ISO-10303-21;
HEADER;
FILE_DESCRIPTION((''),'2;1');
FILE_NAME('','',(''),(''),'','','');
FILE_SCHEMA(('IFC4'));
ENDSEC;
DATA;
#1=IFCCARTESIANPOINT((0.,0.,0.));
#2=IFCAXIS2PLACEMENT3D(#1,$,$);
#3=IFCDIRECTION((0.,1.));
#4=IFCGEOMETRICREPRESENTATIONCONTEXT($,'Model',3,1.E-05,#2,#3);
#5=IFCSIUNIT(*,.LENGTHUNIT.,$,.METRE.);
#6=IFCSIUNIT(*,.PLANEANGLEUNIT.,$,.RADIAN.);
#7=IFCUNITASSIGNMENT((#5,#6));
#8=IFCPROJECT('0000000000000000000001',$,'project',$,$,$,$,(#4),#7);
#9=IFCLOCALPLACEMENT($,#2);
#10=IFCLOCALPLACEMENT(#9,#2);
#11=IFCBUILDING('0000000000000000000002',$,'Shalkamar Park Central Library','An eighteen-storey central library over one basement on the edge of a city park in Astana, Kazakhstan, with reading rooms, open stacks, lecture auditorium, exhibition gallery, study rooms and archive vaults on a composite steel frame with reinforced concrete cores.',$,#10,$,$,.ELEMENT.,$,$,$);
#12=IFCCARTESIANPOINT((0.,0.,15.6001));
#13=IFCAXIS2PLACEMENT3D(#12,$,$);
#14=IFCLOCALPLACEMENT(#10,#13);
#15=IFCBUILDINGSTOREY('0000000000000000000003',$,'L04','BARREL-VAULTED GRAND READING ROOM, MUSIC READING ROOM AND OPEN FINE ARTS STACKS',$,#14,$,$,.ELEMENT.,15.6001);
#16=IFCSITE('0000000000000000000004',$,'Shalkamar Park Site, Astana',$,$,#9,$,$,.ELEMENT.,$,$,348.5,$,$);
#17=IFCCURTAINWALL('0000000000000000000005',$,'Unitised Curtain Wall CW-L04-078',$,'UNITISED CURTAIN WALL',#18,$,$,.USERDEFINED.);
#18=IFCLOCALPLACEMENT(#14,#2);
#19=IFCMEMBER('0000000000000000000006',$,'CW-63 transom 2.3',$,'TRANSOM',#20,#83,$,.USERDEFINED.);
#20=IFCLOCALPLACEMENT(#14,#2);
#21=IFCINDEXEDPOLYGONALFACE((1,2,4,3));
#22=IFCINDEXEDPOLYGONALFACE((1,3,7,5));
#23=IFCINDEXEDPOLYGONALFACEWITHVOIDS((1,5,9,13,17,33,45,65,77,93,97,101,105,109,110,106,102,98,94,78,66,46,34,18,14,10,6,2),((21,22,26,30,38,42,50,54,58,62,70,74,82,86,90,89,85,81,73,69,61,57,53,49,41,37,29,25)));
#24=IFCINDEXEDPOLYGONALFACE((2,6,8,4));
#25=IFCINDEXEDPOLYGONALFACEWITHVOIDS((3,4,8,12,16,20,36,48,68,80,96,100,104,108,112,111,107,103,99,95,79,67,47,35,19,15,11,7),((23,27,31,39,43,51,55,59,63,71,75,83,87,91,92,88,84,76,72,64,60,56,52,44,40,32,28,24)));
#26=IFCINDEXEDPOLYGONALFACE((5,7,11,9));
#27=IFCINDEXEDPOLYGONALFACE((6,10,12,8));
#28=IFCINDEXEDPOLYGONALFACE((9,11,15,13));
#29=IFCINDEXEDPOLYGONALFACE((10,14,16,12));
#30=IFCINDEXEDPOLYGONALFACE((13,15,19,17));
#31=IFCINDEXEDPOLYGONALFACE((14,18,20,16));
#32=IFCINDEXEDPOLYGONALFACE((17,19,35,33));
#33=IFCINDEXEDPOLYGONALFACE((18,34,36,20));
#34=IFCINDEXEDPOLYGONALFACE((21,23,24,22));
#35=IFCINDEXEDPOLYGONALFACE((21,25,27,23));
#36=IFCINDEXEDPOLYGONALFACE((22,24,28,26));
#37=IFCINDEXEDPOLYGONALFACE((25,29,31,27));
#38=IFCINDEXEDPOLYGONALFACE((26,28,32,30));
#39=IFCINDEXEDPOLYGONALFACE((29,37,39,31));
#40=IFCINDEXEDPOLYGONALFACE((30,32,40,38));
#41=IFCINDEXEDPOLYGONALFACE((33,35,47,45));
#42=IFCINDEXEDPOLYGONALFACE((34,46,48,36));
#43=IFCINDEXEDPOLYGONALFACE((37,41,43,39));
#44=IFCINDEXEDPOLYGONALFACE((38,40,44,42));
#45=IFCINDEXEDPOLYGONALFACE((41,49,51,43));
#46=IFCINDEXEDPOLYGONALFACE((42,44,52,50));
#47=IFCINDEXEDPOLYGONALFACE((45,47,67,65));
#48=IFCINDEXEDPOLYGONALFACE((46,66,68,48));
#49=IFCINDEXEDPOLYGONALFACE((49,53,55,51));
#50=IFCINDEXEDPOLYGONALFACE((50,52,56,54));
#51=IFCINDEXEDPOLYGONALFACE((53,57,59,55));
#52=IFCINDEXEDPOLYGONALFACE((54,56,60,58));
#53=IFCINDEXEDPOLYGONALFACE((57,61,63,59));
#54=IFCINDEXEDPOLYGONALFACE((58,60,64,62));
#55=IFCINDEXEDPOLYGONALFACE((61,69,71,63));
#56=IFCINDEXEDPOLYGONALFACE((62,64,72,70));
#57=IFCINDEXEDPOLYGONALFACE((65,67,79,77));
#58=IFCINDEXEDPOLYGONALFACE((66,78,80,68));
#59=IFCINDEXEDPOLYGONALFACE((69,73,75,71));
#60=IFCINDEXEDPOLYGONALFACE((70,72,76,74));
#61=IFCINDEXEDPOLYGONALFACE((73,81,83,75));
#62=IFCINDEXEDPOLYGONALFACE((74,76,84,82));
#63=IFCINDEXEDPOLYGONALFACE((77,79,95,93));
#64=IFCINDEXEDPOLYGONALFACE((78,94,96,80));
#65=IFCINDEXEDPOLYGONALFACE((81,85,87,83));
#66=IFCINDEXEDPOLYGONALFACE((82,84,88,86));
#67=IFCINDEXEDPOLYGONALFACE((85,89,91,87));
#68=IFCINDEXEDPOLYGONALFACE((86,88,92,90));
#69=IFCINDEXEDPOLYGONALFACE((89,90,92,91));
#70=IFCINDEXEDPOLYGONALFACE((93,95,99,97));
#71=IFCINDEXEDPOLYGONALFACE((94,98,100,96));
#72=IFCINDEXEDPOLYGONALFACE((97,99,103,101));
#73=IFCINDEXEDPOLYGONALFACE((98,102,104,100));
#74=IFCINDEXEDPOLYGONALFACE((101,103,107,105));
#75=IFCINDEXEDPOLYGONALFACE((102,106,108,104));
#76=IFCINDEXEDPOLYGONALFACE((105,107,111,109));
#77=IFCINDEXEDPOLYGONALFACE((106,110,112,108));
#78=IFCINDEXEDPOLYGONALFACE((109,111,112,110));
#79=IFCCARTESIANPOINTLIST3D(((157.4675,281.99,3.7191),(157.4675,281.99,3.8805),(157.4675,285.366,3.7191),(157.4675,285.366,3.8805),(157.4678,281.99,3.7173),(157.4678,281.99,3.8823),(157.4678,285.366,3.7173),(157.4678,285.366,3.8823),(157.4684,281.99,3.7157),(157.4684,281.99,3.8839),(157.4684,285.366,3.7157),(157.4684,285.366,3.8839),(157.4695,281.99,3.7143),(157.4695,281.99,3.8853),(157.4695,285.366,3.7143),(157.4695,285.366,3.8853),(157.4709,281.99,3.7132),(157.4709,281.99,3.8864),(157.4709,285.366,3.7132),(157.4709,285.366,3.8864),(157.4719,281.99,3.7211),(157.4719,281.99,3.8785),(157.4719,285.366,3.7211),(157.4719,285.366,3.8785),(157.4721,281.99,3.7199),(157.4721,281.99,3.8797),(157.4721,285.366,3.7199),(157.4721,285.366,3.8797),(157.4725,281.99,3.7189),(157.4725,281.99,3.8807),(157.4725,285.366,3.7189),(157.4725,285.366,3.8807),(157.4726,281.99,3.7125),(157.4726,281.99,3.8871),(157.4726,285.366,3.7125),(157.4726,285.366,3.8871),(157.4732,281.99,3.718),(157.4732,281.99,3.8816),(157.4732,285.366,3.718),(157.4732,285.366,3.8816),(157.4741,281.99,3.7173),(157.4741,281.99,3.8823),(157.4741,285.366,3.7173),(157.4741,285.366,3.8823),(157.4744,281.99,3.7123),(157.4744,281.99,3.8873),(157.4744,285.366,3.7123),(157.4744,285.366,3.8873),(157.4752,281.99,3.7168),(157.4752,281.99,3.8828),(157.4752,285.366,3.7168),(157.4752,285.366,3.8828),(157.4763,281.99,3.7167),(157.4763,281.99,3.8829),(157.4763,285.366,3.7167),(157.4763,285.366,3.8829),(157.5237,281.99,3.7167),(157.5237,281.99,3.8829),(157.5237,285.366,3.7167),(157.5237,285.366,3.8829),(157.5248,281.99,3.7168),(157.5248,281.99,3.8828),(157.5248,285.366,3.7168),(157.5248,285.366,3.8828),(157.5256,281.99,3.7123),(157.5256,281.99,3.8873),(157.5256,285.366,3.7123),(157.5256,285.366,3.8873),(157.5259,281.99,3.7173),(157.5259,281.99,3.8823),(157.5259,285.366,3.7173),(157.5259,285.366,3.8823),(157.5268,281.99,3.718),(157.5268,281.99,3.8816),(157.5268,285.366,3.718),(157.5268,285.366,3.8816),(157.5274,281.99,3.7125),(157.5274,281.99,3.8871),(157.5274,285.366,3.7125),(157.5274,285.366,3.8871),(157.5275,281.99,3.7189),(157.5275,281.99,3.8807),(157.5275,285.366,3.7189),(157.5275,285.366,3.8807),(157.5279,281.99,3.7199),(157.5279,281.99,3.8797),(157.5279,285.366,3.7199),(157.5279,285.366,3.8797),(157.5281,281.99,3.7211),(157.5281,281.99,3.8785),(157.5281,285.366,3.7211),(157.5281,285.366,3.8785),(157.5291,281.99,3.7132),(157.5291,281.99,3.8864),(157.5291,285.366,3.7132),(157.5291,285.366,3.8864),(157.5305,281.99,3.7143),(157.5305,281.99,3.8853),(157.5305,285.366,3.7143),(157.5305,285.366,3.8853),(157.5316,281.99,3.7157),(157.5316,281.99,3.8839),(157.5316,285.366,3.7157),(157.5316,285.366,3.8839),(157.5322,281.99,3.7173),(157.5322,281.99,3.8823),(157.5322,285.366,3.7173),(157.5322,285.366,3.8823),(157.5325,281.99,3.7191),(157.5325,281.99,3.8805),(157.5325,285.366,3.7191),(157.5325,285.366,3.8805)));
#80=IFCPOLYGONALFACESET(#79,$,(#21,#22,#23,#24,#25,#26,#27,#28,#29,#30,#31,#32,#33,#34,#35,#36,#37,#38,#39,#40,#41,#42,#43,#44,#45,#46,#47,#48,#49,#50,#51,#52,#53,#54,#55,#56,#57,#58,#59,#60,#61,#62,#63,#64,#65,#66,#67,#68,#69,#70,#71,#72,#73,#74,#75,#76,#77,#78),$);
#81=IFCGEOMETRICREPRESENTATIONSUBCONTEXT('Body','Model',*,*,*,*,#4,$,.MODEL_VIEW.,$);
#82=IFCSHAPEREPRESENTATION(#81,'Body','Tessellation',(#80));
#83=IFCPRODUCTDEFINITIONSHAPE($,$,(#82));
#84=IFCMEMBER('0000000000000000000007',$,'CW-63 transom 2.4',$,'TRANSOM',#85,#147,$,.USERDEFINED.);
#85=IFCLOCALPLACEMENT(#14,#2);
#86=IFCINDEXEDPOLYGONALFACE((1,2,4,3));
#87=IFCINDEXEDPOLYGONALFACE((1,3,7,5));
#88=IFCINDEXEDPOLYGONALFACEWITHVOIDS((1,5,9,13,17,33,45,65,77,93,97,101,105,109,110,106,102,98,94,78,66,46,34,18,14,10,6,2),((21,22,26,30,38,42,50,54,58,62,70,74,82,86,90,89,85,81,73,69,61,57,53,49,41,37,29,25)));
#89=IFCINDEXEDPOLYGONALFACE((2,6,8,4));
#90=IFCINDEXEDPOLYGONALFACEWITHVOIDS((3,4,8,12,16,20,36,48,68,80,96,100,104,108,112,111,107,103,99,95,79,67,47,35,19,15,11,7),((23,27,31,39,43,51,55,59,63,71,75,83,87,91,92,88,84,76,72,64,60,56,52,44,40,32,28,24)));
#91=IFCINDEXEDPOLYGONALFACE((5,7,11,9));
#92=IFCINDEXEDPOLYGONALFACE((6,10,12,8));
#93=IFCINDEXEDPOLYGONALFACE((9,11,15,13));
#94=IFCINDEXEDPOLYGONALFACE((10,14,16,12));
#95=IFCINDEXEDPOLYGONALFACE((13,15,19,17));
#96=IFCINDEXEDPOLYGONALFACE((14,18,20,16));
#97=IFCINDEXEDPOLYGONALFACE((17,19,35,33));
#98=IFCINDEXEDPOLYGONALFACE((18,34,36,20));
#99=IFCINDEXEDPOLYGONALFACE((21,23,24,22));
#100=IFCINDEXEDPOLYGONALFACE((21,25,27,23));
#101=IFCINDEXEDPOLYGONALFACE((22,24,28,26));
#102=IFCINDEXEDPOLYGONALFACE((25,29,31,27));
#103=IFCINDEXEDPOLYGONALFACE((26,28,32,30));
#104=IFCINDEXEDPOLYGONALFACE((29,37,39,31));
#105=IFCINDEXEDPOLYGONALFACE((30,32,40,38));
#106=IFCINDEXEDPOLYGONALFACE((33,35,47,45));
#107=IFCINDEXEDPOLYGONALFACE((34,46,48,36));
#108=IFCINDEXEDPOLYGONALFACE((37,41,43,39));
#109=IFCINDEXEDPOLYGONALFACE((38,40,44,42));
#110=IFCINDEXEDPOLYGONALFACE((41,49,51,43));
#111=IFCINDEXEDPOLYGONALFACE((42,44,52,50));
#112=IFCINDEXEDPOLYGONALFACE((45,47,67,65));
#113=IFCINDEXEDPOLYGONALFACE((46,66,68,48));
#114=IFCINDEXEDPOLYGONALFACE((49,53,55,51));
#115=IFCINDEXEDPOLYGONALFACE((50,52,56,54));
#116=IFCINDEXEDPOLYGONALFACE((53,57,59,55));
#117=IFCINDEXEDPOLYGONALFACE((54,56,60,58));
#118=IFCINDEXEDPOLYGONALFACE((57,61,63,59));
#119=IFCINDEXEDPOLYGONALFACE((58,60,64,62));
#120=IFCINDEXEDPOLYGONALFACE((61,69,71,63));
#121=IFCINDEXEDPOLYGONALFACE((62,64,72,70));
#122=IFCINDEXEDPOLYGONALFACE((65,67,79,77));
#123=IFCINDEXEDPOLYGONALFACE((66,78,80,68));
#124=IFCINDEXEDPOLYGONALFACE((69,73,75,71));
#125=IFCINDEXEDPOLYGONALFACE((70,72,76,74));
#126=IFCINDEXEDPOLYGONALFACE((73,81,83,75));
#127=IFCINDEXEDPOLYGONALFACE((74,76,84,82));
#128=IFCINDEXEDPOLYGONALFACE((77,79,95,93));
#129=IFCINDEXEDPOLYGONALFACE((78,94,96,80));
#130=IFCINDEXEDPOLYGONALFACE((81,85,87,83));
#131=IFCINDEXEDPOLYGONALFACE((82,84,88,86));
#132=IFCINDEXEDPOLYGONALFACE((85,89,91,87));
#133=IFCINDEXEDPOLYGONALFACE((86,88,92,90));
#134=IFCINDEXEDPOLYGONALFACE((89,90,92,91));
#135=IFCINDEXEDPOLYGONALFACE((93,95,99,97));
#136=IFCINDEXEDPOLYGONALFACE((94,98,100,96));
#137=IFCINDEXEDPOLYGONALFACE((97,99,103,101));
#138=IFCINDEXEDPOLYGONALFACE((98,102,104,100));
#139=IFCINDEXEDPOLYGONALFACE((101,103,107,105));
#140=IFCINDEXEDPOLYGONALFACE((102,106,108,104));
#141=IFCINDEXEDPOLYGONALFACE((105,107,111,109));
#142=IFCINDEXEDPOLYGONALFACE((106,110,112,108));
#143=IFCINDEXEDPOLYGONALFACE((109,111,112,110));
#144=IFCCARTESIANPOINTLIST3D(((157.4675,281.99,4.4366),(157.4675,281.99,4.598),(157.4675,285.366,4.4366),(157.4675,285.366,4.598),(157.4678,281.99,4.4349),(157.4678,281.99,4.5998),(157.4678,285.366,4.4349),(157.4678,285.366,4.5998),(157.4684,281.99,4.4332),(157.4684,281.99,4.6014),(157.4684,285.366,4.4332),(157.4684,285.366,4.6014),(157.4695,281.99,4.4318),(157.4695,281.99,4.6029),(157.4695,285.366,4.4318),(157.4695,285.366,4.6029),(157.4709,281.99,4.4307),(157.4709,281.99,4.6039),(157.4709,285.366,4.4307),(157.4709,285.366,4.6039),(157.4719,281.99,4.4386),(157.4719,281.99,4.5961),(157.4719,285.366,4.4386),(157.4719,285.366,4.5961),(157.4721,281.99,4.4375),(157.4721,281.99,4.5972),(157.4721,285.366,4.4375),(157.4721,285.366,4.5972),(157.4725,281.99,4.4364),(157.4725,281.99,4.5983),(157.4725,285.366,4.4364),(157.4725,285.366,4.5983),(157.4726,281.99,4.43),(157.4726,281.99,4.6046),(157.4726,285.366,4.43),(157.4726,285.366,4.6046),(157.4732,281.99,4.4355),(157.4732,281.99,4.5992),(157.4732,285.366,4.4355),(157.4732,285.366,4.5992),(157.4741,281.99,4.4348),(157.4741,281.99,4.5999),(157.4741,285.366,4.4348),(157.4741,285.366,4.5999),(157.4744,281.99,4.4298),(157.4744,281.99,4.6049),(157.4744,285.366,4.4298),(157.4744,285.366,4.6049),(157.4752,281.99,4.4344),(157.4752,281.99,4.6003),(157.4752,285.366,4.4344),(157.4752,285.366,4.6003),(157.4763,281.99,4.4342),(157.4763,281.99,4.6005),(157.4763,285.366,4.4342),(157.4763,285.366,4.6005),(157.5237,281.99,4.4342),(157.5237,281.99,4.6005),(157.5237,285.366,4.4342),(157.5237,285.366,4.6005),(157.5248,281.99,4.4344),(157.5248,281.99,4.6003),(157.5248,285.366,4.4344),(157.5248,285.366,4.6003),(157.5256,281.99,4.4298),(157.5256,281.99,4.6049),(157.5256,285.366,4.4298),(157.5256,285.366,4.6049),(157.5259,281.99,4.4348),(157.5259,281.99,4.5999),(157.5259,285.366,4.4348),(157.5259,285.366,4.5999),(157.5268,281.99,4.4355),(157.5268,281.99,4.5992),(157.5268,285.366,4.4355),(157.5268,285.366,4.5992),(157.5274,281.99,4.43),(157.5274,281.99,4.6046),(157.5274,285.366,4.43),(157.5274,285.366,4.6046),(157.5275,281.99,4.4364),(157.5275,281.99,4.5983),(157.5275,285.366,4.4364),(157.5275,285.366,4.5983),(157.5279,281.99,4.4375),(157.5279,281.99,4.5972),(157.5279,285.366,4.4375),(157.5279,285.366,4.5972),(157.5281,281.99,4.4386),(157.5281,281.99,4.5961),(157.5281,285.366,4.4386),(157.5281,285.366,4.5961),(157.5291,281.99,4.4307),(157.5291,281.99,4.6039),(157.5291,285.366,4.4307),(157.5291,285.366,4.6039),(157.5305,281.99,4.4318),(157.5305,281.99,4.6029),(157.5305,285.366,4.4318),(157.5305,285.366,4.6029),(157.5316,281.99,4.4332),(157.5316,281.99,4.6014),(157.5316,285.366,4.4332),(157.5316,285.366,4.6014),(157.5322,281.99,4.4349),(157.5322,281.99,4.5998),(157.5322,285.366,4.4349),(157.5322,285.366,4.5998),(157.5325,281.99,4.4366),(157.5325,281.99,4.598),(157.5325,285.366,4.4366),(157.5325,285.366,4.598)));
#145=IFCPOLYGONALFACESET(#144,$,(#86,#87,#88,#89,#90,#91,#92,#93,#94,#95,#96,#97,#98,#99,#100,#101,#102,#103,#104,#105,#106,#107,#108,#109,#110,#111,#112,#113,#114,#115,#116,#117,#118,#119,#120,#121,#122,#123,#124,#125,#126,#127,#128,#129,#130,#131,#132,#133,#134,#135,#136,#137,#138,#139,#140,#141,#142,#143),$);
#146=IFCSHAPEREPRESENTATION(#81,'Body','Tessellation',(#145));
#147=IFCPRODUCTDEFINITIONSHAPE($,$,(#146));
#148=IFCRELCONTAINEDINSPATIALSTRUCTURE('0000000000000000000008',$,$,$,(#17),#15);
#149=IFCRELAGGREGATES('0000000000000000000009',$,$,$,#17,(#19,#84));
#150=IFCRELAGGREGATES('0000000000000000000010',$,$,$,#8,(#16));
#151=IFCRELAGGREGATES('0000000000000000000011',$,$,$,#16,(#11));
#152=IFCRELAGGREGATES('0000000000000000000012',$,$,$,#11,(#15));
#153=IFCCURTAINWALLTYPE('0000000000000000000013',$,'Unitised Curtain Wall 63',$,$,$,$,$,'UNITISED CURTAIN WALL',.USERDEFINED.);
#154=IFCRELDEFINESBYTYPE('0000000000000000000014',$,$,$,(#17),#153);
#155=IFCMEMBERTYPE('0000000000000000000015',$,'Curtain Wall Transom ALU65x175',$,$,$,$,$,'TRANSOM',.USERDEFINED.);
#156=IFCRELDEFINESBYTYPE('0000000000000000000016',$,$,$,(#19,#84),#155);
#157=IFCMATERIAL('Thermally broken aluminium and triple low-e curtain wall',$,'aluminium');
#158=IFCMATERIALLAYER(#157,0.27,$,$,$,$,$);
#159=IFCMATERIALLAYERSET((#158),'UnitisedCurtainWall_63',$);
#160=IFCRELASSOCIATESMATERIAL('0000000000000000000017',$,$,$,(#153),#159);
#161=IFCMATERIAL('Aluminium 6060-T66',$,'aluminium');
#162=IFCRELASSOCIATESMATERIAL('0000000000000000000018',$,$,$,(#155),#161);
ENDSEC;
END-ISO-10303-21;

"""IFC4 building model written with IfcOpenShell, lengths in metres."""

from ifc_helpers import new_model, si_unit, direction, frame, origin, origin_2d, place, context, subcontext, project, spatial, hollow_rectangle, extrude, material, layer, layer_set, material_profile, profile_set, type_object, element, aggregate, save


model = new_model("IFC4")

# Units and contexts
model_context = context("Model", 3, precision=1e-05, world=origin(), true_north=direction((0.0, 1.0)))
body_context = subcontext(model_context, "Body", "Model", "MODEL_VIEW")
ifc_project = project(units=[si_unit("LENGTHUNIT", "METRE"), si_unit("PLANEANGLEUNIT", "RADIAN")], contexts=[model_context])

# Site, building, storey
site_placement = place(None, origin())
site = spatial("IfcSite", under=ifc_project, at=site_placement, Name="Shalkamar Park Site, Astana", CompositionType="ELEMENT", RefElevation=348.5)
building_placement = place(site_placement, origin())
building = spatial("IfcBuilding", under=site, at=building_placement, Name="Shalkamar Park Central Library", Description="An eighteen-storey central library over one basement on the edge of a city park in Astana, Kazakhstan, with reading rooms, open stacks, lecture auditorium, exhibition gallery, study rooms and archive vaults on a composite steel frame with reinforced concrete cores.", CompositionType="ELEMENT")
storey_placement = place(building_placement, frame((0.0, 0.0, 15.6001)))
storey = spatial("IfcBuildingStorey", under=building, at=storey_placement, Name="L04", Description="BARREL-VAULTED GRAND READING ROOM, MUSIC READING ROOM AND OPEN FINE ARTS STACKS", CompositionType="ELEMENT", Elevation=15.6001)

# Curtain wall, members
ifc_material_1 = material(Name="Thermally broken aluminium and triple low-e curtain wall", Category="aluminium")
ifc_layer_1 = layer(ifc_material_1, 0.27)
ifc_layer_set_1 = layer_set([ifc_layer_1], Name="UnitisedCurtainWall_63")
curtain_wall_type = type_object("IfcCurtainWallType", Name="Unitised Curtain Wall 63", ElementType="UNITISED CURTAIN WALL", PredefinedType="USERDEFINED", material=ifc_layer_set_1)
curtain_wall_placement = place(storey_placement, origin())
curtain_wall = element("IfcCurtainWall", 1, at=curtain_wall_placement, inside=storey, type_object=curtain_wall_type, Name="Unitised Curtain Wall CW-L04-078", ObjectType="UNITISED CURTAIN WALL", PredefinedType="USERDEFINED")
ifc_material_2 = material(Name="Aluminium 6060-T66", Category="aluminium")
ifc_material_profile_1 = material_profile(ifc_material_2, hollow_rectangle(XDim=0.0649, YDim=0.175, WallThickness=0.0044, InnerFilletRadius=0.0044, OuterFilletRadius=0.0068, at=origin_2d()), Name="ALU 65x175x4.5")
ifc_profile_set_1 = profile_set([ifc_material_profile_1], Name="Aluminium 6060-T66")
member_type_1 = type_object("IfcMemberType", Name="Curtain Wall Transom ALU65x175", ElementType="TRANSOM", PredefinedType="USERDEFINED", material=ifc_profile_set_1)
member_1_placement = place(storey_placement, frame((157.5, 281.99, 3.7998), z_axis=(0.0, 1.0, 0.0), x_axis=(-1.0, 0.0, 0.0)))
member_1 = element("IfcMember", 2, at=member_1_placement, type_object=member_type_1, Name="CW-63 transom 2.3", ObjectType="TRANSOM", PredefinedType="USERDEFINED", context=body_context, shape_type="SweptSolid", body=[
    extrude(hollow_rectangle(XDim=0.0649, YDim=0.175, WallThickness=0.0044, InnerFilletRadius=0.0044, OuterFilletRadius=0.0068, at=origin_2d()), origin(), (0.0, 0.0, 1.0), 3.376),
])
member_2_placement = place(storey_placement, frame((157.5, 281.99, 4.5173), z_axis=(0.0, 1.0, 0.0), x_axis=(-1.0, 0.0, 0.0)))
member_2 = element("IfcMember", 3, at=member_2_placement, type_object=member_type_1, Name="CW-63 transom 2.4", ObjectType="TRANSOM", PredefinedType="USERDEFINED", context=body_context, shape_type="SweptSolid", body=[
    extrude(hollow_rectangle(XDim=0.0649, YDim=0.175, WallThickness=0.0044, InnerFilletRadius=0.0044, OuterFilletRadius=0.0068, at=origin_2d()), origin(), (0.0, 0.0, 1.0), 3.376),
])

aggregate(curtain_wall, [member_1, member_2])

save(model, "model.ifc")
